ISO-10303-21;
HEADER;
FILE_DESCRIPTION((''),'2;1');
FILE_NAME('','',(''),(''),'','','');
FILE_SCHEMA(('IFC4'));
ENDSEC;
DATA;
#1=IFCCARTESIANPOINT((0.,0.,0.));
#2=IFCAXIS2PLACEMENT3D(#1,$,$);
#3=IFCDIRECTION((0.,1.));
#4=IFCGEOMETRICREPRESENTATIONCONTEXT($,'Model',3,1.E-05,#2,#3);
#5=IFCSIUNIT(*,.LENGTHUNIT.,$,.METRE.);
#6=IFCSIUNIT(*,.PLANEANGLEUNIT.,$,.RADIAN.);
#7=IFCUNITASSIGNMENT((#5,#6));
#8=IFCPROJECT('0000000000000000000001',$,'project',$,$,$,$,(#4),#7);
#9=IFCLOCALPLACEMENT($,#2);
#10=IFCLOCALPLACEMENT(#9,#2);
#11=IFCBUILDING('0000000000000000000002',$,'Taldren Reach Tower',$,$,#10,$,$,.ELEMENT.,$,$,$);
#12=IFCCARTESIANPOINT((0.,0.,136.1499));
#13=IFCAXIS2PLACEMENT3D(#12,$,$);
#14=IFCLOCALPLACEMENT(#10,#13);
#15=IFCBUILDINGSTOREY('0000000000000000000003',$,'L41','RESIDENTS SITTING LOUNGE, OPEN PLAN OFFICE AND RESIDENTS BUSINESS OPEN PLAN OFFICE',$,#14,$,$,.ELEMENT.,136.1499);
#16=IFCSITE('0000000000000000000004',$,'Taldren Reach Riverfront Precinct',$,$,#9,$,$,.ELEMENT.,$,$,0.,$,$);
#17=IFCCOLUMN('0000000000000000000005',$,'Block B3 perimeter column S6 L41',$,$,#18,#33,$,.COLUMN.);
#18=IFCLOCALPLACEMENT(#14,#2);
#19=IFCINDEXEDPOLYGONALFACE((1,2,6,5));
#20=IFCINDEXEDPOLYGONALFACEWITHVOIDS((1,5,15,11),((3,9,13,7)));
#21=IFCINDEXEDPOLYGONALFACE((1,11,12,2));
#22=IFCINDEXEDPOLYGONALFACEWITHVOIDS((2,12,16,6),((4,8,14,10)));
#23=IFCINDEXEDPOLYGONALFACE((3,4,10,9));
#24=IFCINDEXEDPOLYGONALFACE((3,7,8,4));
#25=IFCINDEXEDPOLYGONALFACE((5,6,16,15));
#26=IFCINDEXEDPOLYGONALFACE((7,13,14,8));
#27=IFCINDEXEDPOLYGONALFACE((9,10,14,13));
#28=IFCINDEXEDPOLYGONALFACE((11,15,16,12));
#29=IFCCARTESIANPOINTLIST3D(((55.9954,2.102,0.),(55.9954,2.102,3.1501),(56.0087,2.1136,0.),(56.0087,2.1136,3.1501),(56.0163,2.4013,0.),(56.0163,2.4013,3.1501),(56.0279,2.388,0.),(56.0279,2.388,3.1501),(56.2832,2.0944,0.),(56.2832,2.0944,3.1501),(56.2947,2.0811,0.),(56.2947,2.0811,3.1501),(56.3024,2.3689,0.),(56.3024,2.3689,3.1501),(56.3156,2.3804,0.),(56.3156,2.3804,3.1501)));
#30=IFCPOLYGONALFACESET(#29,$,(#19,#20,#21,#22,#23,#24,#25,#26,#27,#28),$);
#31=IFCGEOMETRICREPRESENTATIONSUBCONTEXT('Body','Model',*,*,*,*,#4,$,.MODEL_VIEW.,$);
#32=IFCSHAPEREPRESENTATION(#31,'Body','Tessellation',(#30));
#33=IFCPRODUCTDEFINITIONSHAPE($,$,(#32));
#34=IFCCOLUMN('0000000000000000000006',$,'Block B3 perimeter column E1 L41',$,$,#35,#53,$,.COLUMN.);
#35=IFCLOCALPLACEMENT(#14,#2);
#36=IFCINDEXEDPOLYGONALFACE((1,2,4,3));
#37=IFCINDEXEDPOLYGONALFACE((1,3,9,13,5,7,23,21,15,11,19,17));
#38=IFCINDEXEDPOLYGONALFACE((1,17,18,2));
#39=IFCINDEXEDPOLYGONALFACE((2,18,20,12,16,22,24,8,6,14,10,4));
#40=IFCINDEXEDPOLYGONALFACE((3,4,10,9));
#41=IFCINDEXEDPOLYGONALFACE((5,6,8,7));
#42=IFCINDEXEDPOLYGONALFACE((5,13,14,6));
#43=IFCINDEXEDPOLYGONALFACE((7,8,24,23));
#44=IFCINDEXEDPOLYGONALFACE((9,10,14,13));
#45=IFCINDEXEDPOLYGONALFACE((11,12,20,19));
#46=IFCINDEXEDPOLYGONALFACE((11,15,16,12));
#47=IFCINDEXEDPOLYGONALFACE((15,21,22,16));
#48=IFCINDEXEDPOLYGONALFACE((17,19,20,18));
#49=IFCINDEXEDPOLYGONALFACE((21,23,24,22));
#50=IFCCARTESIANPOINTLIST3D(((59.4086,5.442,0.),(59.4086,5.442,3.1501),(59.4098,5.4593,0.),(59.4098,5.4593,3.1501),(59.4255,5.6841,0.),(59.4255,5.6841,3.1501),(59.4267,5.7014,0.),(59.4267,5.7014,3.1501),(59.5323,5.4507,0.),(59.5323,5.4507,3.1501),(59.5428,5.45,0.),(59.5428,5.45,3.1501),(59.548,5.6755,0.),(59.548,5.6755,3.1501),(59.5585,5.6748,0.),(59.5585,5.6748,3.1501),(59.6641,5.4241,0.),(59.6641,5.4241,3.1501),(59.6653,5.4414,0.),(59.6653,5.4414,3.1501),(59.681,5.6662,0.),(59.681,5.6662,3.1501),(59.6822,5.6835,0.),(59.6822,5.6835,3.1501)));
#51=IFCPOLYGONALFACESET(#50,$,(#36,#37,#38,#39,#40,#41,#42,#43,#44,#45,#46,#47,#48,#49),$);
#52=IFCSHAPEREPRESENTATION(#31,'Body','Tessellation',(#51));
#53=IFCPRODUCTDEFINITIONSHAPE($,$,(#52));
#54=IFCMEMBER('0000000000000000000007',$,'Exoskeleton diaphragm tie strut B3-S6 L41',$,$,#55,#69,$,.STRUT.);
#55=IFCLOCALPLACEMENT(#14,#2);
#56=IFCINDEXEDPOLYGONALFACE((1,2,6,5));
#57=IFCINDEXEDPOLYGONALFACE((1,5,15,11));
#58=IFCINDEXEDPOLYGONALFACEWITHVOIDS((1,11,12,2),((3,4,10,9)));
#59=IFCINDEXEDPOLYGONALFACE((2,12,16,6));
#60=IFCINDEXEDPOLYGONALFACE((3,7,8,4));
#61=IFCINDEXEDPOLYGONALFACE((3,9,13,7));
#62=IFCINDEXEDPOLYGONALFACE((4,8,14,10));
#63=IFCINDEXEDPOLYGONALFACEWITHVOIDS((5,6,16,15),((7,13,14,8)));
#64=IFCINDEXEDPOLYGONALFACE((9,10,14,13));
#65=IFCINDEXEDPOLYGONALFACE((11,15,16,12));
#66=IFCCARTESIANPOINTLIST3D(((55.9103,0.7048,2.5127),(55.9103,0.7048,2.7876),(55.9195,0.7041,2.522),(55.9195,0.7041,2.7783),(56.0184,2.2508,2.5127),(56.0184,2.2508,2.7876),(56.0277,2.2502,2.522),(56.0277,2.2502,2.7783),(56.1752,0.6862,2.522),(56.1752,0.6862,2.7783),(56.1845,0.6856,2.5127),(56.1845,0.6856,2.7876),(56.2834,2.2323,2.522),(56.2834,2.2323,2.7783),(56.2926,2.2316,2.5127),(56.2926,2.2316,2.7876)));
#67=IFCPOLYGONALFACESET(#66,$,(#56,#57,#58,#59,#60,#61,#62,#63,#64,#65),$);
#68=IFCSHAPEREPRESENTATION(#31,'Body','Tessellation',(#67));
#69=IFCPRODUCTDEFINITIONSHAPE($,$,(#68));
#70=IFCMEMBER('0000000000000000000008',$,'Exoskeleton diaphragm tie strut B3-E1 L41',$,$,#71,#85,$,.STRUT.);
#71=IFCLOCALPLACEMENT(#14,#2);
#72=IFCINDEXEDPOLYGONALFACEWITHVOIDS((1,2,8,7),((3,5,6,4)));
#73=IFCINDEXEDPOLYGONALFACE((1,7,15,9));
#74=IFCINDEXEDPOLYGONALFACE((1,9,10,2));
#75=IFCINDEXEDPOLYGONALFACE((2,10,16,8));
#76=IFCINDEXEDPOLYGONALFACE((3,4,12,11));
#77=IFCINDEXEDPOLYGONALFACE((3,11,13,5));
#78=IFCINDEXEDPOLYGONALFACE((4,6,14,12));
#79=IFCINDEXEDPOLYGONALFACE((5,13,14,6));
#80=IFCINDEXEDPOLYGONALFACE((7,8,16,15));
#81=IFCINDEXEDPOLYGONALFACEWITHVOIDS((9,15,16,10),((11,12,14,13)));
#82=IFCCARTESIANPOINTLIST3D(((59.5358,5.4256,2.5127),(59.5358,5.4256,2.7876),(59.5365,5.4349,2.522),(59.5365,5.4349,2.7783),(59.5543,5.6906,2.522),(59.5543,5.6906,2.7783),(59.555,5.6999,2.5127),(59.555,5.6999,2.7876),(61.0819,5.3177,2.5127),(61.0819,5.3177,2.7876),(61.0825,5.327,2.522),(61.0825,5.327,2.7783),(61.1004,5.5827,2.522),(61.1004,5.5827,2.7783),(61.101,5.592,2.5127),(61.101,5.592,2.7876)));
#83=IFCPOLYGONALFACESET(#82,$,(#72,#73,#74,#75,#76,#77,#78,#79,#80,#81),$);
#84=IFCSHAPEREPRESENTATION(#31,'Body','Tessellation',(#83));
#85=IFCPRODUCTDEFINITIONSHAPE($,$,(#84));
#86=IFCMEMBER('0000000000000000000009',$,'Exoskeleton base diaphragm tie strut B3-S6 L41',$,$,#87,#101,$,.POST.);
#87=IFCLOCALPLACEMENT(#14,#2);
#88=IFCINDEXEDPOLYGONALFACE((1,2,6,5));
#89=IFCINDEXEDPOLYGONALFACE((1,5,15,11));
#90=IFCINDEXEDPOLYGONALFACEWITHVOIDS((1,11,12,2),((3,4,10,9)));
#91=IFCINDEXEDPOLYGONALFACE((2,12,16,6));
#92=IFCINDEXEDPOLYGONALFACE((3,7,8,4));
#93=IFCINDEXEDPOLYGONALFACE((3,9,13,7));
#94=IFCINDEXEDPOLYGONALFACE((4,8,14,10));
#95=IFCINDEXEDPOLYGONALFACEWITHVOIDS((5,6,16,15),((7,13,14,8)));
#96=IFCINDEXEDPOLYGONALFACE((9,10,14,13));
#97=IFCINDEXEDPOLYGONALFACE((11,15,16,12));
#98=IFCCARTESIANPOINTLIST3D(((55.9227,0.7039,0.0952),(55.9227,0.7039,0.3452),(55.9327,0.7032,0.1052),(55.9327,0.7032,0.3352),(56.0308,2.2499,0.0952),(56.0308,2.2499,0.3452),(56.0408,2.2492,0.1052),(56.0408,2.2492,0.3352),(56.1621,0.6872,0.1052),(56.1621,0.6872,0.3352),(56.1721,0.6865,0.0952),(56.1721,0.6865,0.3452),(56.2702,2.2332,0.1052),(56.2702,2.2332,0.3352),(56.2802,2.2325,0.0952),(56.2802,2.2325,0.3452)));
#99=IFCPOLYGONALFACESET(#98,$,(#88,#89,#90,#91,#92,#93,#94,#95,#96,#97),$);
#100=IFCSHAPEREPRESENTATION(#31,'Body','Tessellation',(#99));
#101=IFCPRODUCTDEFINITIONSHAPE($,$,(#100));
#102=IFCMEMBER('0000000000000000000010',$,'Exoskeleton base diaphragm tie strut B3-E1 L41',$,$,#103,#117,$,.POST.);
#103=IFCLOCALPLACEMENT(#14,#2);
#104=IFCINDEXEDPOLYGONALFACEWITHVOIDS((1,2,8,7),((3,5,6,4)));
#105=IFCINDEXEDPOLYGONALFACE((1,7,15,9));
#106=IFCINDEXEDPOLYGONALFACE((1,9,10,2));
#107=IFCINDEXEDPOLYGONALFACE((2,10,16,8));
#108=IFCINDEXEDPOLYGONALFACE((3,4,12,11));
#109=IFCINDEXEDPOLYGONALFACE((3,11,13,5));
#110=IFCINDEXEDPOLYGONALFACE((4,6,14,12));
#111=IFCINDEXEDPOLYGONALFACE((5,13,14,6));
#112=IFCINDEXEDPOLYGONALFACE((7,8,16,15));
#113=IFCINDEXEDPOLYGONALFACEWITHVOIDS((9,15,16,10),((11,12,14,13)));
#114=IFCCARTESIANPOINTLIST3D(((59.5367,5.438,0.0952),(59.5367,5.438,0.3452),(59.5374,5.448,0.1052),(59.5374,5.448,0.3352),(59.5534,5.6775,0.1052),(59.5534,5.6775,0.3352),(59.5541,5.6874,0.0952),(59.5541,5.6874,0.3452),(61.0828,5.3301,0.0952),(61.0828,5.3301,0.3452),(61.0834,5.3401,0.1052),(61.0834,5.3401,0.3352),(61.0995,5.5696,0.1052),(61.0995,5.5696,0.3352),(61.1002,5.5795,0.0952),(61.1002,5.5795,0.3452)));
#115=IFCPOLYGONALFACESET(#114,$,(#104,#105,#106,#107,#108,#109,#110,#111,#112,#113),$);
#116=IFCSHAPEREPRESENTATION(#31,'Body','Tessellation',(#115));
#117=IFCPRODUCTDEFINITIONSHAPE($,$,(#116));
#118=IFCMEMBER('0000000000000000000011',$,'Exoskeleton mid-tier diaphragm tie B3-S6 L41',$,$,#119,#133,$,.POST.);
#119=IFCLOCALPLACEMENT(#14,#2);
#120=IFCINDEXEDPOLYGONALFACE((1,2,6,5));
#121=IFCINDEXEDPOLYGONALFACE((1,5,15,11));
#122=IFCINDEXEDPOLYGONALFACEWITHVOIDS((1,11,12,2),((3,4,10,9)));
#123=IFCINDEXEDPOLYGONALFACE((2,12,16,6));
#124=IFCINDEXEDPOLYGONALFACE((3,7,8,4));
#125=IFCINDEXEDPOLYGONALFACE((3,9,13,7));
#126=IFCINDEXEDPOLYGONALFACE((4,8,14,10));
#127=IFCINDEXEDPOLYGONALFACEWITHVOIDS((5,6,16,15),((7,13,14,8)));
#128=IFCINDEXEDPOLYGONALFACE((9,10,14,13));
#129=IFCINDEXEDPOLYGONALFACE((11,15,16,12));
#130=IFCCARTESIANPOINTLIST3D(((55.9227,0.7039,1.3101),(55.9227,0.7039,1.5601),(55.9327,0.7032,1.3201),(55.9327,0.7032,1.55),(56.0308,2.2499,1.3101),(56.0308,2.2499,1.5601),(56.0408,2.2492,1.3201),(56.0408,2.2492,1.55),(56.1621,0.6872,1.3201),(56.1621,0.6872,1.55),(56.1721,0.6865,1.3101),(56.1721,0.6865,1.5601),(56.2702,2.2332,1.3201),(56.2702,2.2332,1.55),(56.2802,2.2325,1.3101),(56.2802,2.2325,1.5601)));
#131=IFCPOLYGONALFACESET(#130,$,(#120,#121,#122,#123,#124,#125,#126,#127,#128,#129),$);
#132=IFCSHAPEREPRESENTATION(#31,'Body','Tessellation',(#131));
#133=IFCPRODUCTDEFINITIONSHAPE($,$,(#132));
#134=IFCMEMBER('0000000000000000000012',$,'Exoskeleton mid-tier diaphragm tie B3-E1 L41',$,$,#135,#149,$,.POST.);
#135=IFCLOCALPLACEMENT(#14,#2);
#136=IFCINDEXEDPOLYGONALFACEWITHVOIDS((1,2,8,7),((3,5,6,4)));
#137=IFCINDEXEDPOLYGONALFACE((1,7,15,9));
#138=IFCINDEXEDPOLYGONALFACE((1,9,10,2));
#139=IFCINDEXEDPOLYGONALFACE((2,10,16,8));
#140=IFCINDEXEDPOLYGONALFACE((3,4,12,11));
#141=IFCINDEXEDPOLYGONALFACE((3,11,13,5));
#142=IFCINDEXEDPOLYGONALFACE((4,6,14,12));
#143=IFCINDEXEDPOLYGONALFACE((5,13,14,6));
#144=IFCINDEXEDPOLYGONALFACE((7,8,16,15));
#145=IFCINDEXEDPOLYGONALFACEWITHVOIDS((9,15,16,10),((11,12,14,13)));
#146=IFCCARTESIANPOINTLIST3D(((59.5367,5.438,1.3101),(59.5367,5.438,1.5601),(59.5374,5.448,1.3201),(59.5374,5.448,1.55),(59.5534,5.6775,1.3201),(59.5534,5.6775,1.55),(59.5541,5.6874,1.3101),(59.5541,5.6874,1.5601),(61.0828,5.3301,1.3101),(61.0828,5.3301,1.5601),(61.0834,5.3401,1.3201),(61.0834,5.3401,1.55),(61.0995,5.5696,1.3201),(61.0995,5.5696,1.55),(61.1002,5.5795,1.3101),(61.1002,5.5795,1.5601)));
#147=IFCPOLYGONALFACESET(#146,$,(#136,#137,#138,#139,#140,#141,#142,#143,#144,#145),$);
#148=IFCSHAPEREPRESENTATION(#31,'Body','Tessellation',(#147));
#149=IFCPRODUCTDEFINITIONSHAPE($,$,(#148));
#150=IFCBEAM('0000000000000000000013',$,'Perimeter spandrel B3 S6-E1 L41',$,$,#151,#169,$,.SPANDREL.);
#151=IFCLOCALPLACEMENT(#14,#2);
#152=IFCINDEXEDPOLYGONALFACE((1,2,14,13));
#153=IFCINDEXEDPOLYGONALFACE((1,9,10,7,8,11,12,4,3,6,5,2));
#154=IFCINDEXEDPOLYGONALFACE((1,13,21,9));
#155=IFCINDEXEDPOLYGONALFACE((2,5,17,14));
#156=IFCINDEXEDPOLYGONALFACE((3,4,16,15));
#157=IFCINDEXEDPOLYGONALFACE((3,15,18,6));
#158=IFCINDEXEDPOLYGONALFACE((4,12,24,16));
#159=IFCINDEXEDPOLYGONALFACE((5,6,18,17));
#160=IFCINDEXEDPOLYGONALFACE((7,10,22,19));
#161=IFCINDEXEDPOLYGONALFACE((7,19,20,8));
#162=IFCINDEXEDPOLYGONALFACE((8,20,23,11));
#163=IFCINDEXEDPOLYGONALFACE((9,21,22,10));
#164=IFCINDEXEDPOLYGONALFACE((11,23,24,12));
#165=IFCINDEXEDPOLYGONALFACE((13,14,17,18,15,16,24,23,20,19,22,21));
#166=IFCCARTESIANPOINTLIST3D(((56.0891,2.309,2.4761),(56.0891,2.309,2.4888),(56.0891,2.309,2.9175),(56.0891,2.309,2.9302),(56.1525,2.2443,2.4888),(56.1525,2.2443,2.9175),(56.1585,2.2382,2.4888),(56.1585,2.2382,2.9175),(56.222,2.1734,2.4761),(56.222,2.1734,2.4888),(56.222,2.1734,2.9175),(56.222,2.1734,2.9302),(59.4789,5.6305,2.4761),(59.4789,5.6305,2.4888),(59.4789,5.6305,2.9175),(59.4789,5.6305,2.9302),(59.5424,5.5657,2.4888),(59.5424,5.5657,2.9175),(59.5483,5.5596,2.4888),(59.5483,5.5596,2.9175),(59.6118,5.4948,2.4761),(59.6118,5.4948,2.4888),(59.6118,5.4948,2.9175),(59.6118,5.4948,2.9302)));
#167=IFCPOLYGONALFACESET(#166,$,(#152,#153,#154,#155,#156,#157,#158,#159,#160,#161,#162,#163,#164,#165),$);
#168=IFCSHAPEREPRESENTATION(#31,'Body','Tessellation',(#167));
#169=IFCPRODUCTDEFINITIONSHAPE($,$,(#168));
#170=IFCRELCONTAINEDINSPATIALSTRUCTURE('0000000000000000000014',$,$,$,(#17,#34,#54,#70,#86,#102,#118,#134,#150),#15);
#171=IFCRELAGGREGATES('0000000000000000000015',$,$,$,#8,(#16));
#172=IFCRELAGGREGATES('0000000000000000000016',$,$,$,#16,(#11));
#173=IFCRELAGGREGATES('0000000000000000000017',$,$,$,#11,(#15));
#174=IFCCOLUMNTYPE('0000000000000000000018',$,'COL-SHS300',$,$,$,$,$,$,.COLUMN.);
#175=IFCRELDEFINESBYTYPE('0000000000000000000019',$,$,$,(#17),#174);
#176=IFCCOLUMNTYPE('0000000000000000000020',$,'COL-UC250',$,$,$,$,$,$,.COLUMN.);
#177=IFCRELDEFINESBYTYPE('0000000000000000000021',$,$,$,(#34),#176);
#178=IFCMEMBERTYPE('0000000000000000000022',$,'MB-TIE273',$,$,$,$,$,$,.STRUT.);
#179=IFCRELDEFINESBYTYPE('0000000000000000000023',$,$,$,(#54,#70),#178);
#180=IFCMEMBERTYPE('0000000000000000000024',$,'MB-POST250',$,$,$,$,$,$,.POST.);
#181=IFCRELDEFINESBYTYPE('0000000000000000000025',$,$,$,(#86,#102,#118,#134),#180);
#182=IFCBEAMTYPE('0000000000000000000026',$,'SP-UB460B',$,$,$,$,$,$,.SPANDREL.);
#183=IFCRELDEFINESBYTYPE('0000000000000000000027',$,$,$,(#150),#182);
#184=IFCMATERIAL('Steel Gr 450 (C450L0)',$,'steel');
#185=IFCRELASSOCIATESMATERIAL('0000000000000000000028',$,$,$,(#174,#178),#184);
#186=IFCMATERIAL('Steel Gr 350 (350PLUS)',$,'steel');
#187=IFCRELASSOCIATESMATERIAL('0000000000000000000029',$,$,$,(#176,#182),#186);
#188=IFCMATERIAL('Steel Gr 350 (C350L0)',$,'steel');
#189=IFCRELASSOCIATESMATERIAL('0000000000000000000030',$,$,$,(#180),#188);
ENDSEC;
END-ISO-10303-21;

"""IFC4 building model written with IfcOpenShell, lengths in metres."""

from ifc_helpers import new_model, si_unit, direction, frame, origin, origin_2d, place, context, subcontext, project, spatial, hollow_rectangle, i_section, extrude, source, transform, mapped, material, material_profile, profile_set, type_object, element, save


model = new_model("IFC4")

# Units and contexts
model_context = context("Model", 3, precision=1e-05, world=origin(), true_north=direction((0.0, 1.0)))
body_context = subcontext(model_context, "Body", "Model", "MODEL_VIEW")
ifc_project = project(units=[si_unit("LENGTHUNIT", "METRE"), si_unit("PLANEANGLEUNIT", "RADIAN")], contexts=[model_context])

# Site, building, storey
site_placement = place(None, origin())
site = spatial("IfcSite", under=ifc_project, at=site_placement, Name="Taldren Reach Riverfront Precinct", CompositionType="ELEMENT", RefElevation=0.0)
building_placement = place(site_placement, origin())
building = spatial("IfcBuilding", under=site, at=building_placement, Name="Taldren Reach Tower", CompositionType="ELEMENT")
storey_placement = place(building_placement, frame((0.0, 0.0, 136.1499)))
storey = spatial("IfcBuildingStorey", under=building, at=storey_placement, Name="L41", Description="RESIDENTS SITTING LOUNGE, OPEN PLAN OFFICE AND RESIDENTS BUSINESS OPEN PLAN OFFICE", CompositionType="ELEMENT", Elevation=136.1499)

# Columns
ifc_material_1 = material(Name="Steel Gr 450 (C450L0)", Category="steel")
ifc_material_profile_1 = material_profile(ifc_material_1, hollow_rectangle(XDim=0.3, YDim=0.3, WallThickness=0.0125, at=origin_2d()), Name="300x300x12.5SHS")
ifc_profile_set_1 = profile_set([ifc_material_profile_1], Name="Steel Gr 450 (C450L0)")
column_type_1 = type_object("IfcColumnType", Name="COL-SHS300", PredefinedType="COLUMN", material=ifc_profile_set_1)
shared_shape_1 = source(origin(), body_context, "Body", "SweptSolid", [
    extrude(hollow_rectangle(XDim=0.3, YDim=0.3, WallThickness=0.0125, at=origin_2d()), origin(), (0.0, 0.0, 1.0), 3.1501),
])
column_1_placement = place(storey_placement, frame((56.1555, 2.2412, 0.0), z_axis=(0.0, 0.0, 1.0), x_axis=(0.997564, -0.069756, 0.0)))
element("IfcColumn", 1, at=column_1_placement, inside=storey, type_object=column_type_1, Name="Block B3 perimeter column S6 L41", PredefinedType="COLUMN", context=body_context, shape_type="MappedRepresentation", body=[
    mapped(shared_shape_1, transform((0.0, 0.0, 0.0), scale=1.0)),
])
ifc_material_2 = material(Name="Steel Gr 350 (350PLUS)", Category="steel")
ifc_material_profile_2 = material_profile(ifc_material_2, i_section(OverallWidth=0.2561, OverallDepth=0.26, WebThickness=0.0105, FlangeThickness=0.0173, at=origin_2d()), Name="250UC89.5")
ifc_profile_set_2 = profile_set([ifc_material_profile_2], Name="Steel Gr 350 (350PLUS)")
column_type_2 = type_object("IfcColumnType", Name="COL-UC250", PredefinedType="COLUMN", material=ifc_profile_set_2)
shared_shape_2 = source(origin(), body_context, "Body", "SweptSolid", [
    extrude(i_section(OverallWidth=0.2561, OverallDepth=0.26, WebThickness=0.0105, FlangeThickness=0.0173, at=origin_2d()), origin(), (0.0, 0.0, 1.0), 3.1501),
])
column_2_placement = place(storey_placement, frame((59.5454, 5.5627, 0.0), z_axis=(0.0, 0.0, 1.0), x_axis=(0.997564, -0.069756, 0.0)))
element("IfcColumn", 2, at=column_2_placement, inside=storey, type_object=column_type_2, Name="Block B3 perimeter column E1 L41", PredefinedType="COLUMN", context=body_context, shape_type="MappedRepresentation", body=[
    mapped(shared_shape_2, transform((0.0, 0.0, 0.0), scale=1.0)),
])

# Members
ifc_material_profile_3 = material_profile(ifc_material_1, hollow_rectangle(XDim=0.2749, YDim=0.2749, WallThickness=0.0093, at=origin_2d()), Name="275x275x9.3SHS")
ifc_profile_set_3 = profile_set([ifc_material_profile_3], Name="Steel Gr 450 (C450L0)")
member_type_1 = type_object("IfcMemberType", Name="MB-TIE273", PredefinedType="STRUT", material=ifc_profile_set_3)
shared_shape_3 = source(origin(), body_context, "Body", "SweptSolid", [
    extrude(hollow_rectangle(XDim=0.2749, YDim=0.2749, WallThickness=0.0093, at=origin_2d()), origin(), (0.0, 0.0, 1.0), 1.5498),
])
for number, where, z_axis, x_axis, name in (
    (3, (56.1555, 2.2412, 2.6501), (-0.069781, -0.997562, 0.0), (0.997562, -0.069781, 0.0), "Exoskeleton diaphragm tie strut B3-S6 L41"),
    (4, (59.5454, 5.5627, 2.6501), (0.997573, -0.069624, 0.0), (0.069624, 0.997573, 0.0), "Exoskeleton diaphragm tie strut B3-E1 L41"),
):
    element("IfcMember", number, at=place(storey_placement, frame(where, z_axis=z_axis, x_axis=x_axis)), inside=storey, type_object=member_type_1, Name=name, PredefinedType="STRUT", context=body_context, shape_type="MappedRepresentation", body=[
        mapped(shared_shape_3, transform((0.0, 0.0, 0.0), scale=1.0)),
    ])
ifc_material_3 = material(Name="Steel Gr 350 (C350L0)", Category="steel")
ifc_material_profile_4 = material_profile(ifc_material_3, hollow_rectangle(XDim=0.25, YDim=0.25, WallThickness=0.01, at=origin_2d()), Name="250x250x10.0SHS")
ifc_profile_set_4 = profile_set([ifc_material_profile_4], Name="Steel Gr 350 (C350L0)")
member_type_2 = type_object("IfcMemberType", Name="MB-POST250", PredefinedType="POST", material=ifc_profile_set_4)
shared_shape_4 = source(origin(), body_context, "Body", "SweptSolid", [
    extrude(hollow_rectangle(XDim=0.25, YDim=0.25, WallThickness=0.01, at=origin_2d()), origin(), (0.0, 0.0, 1.0), 1.5498),
])
for number, where, z_axis, x_axis, name in (
    (5, (56.1555, 2.2412, 0.2202), (-0.069781, -0.997562, 0.0), (0.997562, -0.069781, 0.0), "Exoskeleton base diaphragm tie strut B3-S6 L41"),
    (6, (59.5454, 5.5627, 0.2202), (0.997573, -0.069624, 0.0), (0.069624, 0.997573, 0.0), "Exoskeleton base diaphragm tie strut B3-E1 L41"),
    (7, (56.1555, 2.2412, 1.4351), (-0.069781, -0.997562, 0.0), (0.997562, -0.069781, 0.0), "Exoskeleton mid-tier diaphragm tie B3-S6 L41"),
    (8, (59.5454, 5.5627, 1.4351), (0.997573, -0.069624, 0.0), (0.069624, 0.997573, 0.0), "Exoskeleton mid-tier diaphragm tie B3-E1 L41"),
):
    element("IfcMember", number, at=place(storey_placement, frame(where, z_axis=z_axis, x_axis=x_axis)), inside=storey, type_object=member_type_2, Name=name, PredefinedType="POST", context=body_context, shape_type="MappedRepresentation", body=[
        mapped(shared_shape_4, transform((0.0, 0.0, 0.0), scale=1.0)),
    ])

# Beam
ifc_material_profile_5 = material_profile(ifc_material_2, i_section(OverallWidth=0.1899, OverallDepth=0.4541, WebThickness=0.0085, FlangeThickness=0.0127, at=origin_2d()), Name="460UB67.1")
ifc_profile_set_5 = profile_set([ifc_material_profile_5], Name="Steel Gr 350 (350PLUS)")
beam_type_1 = type_object("IfcBeamType", Name="SP-UB460B", PredefinedType="SPANDREL", material=ifc_profile_set_5)
shared_shape_5 = source(origin(), body_context, "Body", "SweptSolid", [
    extrude(i_section(OverallWidth=0.1899, OverallDepth=0.4541, WebThickness=0.0085, FlangeThickness=0.0127, at=origin_2d()), origin(), (0.0, 0.0, 1.0), 4.7458),
])
beam_1_placement = place(storey_placement, frame((56.1555, 2.2412, 2.7031), z_axis=(0.714272, 0.699868, 0.0), x_axis=(-0.699868, 0.714272, 0.0)))
element("IfcBeam", 9, at=beam_1_placement, inside=storey, type_object=beam_type_1, Name="Perimeter spandrel B3 S6-E1 L41", PredefinedType="SPANDREL", context=body_context, shape_type="MappedRepresentation", body=[
    mapped(shared_shape_5, transform((0.0, 0.0, 0.0), scale=1.0)),
])

save(model, "model.ifc")
